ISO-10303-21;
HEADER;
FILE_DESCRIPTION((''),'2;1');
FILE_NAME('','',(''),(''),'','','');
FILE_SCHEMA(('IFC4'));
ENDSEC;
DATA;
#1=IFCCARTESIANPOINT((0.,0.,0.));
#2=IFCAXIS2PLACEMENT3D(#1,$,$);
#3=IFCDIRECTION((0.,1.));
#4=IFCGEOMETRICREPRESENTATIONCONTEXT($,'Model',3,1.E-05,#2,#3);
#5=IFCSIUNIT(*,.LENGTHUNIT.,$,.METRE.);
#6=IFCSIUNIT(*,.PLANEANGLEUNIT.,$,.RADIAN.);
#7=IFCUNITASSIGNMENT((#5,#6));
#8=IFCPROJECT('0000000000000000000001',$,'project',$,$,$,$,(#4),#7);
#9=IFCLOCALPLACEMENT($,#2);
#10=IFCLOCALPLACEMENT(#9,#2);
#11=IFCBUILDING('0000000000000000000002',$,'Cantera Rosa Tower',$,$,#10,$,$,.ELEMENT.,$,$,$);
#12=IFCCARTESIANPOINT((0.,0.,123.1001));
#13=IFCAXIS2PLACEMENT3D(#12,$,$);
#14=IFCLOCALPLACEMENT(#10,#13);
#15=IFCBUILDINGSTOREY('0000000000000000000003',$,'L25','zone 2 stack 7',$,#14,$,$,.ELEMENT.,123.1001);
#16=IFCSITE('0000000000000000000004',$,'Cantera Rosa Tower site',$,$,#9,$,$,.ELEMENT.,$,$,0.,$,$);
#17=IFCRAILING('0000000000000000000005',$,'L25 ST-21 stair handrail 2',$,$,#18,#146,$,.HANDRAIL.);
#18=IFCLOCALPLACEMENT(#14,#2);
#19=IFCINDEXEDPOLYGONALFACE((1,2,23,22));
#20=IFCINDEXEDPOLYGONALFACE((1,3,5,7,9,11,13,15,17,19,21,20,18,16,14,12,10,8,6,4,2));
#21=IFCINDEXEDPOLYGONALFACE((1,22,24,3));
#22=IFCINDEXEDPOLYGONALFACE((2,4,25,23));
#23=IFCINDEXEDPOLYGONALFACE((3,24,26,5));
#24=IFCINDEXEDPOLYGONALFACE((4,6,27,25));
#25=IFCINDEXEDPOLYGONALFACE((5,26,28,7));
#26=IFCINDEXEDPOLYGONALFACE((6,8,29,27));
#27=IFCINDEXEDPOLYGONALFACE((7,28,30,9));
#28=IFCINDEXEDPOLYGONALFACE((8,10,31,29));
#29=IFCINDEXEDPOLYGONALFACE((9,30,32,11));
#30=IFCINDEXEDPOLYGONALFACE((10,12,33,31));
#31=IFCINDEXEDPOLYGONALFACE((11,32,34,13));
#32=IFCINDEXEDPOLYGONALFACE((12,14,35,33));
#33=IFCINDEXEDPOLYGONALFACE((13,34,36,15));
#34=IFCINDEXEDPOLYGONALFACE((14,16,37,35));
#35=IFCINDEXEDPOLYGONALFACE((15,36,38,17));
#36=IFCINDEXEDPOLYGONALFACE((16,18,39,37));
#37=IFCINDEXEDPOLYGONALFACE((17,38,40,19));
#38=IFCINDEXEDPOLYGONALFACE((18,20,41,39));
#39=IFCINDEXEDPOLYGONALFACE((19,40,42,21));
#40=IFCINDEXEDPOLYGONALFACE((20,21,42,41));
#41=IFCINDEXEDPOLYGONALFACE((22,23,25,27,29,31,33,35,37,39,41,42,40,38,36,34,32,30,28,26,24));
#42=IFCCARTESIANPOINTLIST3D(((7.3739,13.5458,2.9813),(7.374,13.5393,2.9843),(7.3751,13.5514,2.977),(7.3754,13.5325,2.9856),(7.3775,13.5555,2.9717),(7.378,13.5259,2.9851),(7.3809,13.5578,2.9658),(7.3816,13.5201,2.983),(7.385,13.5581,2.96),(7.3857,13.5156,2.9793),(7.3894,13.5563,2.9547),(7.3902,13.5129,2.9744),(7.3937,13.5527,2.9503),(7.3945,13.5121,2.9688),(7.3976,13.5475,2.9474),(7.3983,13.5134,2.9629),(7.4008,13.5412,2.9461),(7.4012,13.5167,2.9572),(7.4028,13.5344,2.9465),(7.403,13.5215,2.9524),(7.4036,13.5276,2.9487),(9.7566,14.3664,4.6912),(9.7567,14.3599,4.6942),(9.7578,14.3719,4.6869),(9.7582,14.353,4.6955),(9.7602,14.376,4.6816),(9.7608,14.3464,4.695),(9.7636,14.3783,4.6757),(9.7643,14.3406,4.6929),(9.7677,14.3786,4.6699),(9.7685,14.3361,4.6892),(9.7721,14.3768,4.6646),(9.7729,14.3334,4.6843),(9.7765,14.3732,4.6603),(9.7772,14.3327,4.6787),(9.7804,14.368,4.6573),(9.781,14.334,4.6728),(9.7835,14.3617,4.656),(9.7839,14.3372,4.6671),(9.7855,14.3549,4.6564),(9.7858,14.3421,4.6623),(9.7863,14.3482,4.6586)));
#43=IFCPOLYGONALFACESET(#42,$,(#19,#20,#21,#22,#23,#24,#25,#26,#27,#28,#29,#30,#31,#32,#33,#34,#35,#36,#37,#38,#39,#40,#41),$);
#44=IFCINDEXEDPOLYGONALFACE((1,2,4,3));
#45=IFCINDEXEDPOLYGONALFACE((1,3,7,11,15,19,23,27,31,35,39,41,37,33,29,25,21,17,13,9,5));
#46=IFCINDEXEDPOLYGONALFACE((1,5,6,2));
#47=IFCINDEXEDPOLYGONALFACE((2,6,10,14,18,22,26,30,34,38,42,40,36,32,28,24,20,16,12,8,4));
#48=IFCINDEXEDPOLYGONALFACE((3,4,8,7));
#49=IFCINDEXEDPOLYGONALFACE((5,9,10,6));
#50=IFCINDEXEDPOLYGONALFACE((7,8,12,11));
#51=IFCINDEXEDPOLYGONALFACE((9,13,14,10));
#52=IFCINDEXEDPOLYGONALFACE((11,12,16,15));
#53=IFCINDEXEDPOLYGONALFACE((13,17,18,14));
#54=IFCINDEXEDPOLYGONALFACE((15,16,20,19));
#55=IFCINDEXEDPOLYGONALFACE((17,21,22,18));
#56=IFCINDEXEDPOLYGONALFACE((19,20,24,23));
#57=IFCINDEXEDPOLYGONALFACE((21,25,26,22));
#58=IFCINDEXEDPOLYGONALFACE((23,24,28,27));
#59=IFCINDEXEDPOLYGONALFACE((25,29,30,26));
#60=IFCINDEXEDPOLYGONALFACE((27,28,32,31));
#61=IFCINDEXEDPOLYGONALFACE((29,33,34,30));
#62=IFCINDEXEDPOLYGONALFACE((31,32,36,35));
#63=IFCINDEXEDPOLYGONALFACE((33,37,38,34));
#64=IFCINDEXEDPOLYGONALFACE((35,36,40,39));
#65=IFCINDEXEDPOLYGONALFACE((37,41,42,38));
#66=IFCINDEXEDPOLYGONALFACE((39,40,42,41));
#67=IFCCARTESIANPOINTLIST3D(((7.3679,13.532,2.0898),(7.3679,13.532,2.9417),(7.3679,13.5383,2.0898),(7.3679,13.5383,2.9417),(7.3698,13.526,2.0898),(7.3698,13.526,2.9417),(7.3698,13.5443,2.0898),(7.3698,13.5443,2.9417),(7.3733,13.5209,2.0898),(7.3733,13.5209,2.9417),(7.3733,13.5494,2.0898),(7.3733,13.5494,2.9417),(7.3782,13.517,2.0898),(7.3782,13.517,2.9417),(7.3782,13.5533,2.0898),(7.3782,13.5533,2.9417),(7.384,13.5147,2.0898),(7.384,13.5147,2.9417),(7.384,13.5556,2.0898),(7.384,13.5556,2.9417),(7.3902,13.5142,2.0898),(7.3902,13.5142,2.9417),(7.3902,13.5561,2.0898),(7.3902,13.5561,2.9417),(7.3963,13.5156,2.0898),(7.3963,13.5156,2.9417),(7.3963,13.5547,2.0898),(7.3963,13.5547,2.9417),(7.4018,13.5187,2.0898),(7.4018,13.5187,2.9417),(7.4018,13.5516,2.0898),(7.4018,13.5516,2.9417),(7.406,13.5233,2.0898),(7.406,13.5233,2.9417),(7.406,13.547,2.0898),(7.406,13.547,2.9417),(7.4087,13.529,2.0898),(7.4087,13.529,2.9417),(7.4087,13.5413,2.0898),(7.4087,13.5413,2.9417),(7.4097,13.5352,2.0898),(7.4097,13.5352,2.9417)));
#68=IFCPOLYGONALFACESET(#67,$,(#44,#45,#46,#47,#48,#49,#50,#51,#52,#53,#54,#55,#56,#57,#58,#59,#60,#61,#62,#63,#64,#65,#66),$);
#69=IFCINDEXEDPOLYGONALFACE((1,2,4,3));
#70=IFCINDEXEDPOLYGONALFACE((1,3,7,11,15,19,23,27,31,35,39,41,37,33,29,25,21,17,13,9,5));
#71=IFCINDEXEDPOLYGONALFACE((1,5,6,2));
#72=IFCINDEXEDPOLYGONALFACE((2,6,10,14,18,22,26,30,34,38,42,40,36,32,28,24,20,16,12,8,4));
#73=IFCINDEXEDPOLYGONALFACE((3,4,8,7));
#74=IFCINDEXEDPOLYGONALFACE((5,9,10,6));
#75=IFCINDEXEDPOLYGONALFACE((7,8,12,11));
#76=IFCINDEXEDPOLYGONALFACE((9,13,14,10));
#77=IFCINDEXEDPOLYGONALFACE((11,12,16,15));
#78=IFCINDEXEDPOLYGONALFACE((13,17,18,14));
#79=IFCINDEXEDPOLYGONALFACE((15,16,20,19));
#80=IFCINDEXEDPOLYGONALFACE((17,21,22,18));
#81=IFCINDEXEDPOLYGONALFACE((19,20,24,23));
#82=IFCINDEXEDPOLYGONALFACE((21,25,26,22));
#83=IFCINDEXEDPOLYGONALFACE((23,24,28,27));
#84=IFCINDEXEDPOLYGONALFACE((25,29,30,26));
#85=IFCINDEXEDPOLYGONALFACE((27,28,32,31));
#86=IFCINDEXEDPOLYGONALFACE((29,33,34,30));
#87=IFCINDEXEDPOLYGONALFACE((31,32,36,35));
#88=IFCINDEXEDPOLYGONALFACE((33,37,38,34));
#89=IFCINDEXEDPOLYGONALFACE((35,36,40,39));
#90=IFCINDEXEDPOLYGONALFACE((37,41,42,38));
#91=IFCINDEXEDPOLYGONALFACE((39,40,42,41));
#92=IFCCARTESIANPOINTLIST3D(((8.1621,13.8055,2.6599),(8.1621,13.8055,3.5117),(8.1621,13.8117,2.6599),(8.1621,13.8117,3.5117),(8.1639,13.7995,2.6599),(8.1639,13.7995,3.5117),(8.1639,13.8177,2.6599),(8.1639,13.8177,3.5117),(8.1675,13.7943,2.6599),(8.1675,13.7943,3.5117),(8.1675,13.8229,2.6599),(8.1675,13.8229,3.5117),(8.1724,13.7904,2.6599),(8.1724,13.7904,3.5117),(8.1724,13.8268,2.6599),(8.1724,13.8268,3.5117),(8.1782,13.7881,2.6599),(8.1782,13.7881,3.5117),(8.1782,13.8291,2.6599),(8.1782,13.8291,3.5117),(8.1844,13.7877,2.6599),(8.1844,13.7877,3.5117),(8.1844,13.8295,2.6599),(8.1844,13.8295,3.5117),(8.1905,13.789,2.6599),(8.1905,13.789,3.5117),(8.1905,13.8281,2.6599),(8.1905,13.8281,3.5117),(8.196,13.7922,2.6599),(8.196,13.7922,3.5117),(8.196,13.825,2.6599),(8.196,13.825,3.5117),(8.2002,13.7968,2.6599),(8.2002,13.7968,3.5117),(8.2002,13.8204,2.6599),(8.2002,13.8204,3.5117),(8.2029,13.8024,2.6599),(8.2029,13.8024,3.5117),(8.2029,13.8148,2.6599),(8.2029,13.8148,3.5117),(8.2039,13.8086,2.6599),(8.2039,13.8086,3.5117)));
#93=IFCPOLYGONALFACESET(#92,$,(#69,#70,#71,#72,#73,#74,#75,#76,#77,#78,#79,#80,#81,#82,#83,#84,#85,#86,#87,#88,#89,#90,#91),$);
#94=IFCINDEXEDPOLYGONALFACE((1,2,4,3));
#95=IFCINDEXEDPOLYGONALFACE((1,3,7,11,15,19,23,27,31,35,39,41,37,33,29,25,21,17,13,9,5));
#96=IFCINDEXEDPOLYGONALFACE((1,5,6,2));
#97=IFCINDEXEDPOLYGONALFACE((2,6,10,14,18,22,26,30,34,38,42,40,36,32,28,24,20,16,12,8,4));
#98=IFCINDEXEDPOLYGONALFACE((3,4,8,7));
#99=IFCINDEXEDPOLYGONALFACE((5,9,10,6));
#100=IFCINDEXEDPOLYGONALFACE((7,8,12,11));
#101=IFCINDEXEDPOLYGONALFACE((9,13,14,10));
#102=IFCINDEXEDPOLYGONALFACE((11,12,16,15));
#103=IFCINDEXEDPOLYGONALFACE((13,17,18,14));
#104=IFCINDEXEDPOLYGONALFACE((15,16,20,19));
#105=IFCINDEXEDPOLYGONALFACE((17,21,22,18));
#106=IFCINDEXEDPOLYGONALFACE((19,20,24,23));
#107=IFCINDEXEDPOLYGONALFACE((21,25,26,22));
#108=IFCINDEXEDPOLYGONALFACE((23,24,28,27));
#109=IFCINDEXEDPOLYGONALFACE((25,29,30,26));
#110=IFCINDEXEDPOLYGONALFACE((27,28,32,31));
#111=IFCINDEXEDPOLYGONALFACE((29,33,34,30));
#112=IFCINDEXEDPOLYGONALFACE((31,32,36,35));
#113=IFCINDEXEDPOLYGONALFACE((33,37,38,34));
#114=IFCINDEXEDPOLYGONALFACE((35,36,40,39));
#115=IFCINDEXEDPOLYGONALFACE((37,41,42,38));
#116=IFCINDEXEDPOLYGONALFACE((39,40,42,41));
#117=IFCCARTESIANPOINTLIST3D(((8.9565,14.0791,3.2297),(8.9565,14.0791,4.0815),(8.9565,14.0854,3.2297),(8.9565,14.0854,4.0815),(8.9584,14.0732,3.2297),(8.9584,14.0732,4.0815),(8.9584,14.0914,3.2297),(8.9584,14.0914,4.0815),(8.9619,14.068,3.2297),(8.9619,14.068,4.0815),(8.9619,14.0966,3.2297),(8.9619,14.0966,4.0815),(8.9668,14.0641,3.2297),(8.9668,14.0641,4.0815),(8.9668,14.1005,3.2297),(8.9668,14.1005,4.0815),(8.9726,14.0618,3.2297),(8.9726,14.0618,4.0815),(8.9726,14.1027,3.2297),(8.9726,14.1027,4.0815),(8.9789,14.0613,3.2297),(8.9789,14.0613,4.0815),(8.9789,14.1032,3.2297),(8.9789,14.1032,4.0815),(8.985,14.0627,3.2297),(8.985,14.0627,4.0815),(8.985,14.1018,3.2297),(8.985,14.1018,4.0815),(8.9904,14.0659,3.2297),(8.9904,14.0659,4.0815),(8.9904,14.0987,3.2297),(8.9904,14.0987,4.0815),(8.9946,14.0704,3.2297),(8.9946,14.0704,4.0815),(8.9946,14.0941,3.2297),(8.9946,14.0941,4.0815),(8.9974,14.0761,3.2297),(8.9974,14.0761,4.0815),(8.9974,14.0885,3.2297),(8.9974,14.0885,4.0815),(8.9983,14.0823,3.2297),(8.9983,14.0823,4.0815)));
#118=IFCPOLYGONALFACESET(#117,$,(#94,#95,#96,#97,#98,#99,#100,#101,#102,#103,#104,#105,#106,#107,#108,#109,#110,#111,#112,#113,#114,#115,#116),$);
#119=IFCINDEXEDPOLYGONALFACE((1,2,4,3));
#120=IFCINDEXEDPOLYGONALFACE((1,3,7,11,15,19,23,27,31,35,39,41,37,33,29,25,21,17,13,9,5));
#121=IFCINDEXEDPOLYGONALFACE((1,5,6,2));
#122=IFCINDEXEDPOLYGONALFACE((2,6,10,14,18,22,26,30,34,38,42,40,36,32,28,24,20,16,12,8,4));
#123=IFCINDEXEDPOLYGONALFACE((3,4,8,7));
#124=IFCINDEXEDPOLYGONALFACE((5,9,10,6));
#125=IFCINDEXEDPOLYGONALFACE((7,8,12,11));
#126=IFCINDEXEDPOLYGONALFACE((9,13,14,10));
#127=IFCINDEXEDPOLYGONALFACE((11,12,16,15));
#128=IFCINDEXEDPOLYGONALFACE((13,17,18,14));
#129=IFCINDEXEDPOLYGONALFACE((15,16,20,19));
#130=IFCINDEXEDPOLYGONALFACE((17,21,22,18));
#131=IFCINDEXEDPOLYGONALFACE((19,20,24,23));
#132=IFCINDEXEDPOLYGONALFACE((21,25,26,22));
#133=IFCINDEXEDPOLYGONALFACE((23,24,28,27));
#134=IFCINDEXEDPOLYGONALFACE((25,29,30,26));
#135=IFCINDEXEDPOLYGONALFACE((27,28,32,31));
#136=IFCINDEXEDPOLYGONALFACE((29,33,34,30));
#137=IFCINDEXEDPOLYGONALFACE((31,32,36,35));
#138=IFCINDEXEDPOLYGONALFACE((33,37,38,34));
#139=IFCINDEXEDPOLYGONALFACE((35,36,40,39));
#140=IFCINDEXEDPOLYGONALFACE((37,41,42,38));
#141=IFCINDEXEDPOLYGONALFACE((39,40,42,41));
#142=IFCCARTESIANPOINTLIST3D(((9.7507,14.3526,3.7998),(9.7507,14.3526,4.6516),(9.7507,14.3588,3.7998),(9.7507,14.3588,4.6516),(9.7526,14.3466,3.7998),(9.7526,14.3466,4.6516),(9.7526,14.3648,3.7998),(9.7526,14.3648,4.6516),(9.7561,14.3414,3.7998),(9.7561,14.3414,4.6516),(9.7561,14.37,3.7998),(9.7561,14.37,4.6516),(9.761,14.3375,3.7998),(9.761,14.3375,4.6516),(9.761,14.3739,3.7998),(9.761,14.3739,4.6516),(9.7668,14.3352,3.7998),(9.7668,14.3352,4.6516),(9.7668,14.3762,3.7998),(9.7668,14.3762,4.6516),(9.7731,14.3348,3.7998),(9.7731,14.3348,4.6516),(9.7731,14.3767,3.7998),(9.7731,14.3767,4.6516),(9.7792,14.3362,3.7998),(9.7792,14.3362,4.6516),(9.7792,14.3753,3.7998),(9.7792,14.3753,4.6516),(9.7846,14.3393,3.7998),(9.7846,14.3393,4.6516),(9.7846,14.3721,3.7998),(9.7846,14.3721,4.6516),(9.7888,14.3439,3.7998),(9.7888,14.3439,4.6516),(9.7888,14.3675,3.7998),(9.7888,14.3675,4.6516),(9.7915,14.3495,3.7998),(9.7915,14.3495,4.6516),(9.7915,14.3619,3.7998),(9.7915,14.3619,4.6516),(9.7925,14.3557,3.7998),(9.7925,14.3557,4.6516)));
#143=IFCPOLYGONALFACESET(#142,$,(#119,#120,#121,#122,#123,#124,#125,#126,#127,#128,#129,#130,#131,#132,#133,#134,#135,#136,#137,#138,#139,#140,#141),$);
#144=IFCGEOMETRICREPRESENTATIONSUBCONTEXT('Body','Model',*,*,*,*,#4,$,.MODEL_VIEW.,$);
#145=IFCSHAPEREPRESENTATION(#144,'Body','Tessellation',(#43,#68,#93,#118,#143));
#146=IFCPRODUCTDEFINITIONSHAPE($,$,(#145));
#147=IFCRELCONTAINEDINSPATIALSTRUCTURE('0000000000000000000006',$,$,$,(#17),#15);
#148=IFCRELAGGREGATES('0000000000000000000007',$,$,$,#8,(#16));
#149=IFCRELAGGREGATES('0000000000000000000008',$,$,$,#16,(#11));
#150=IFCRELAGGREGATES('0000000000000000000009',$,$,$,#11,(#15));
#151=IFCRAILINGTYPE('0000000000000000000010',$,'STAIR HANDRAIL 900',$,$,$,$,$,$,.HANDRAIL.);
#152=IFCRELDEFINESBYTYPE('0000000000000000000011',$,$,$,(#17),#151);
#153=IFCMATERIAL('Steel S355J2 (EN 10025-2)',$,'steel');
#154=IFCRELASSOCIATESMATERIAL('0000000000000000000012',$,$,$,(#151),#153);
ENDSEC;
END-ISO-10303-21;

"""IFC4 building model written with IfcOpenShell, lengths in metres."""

from ifc_helpers import new_model, si_unit, direction, frame, origin, origin_2d, place, context, subcontext, project, spatial, circle, extrude, material, type_object, element, save


model = new_model("IFC4")

# Units and contexts
model_context = context("Model", 3, precision=1e-05, world=origin(), true_north=direction((0.0, 1.0)))
body_context = subcontext(model_context, "Body", "Model", "MODEL_VIEW")
ifc_project = project(units=[si_unit("LENGTHUNIT", "METRE"), si_unit("PLANEANGLEUNIT", "RADIAN")], contexts=[model_context])

# Site, building, storey
site_placement = place(None, origin())
site = spatial("IfcSite", under=ifc_project, at=site_placement, Name="Cantera Rosa Tower site", CompositionType="ELEMENT", RefElevation=0.0)
building_placement = place(site_placement, origin())
building = spatial("IfcBuilding", under=site, at=building_placement, Name="Cantera Rosa Tower", CompositionType="ELEMENT")
storey_placement = place(building_placement, frame((0.0, 0.0, 123.1001)))
storey = spatial("IfcBuildingStorey", under=building, at=storey_placement, Name="L25", Description="zone 2 stack 7", CompositionType="ELEMENT", Elevation=123.1001)

# Railing
ifc_material_1 = material(Name="Steel S355J2 (EN 10025-2)", Category="steel")
railing_type_1 = type_object("IfcRailingType", Name="STAIR HANDRAIL 900", PredefinedType="HANDRAIL", material=ifc_material_1)
railing_1_placement = place(storey_placement, frame((7.3887, 13.5352, 2.0898)))
element("IfcRailing", 1, at=railing_1_placement, inside=storey, type_object=railing_type_1, Name="L25 ST-21 stair handrail 2", PredefinedType="HANDRAIL", context=body_context, shape_type="SweptSolid", body=[
    extrude(circle(Radius=0.0239, at=origin_2d()), frame((0.0, 0.0, 0.876), z_axis=(0.782404, 0.269432, 0.561471), x_axis=(-0.3256, 0.945508, 0.0)), (0.0, 0.0, 1.0), 3.0454),
    extrude(circle(Radius=0.021, at=origin_2d()), origin(), (0.0, 0.0, 1.0), 0.8518),
    extrude(circle(Radius=0.021, at=origin_2d()), frame((0.7942, 0.2734, 0.5701)), (0.0, 0.0, 1.0), 0.8518),
    extrude(circle(Radius=0.021, at=origin_2d()), frame((1.5886, 0.5471, 1.1399)), (0.0, 0.0, 1.0), 0.8518),
    extrude(circle(Radius=0.021, at=origin_2d()), frame((2.3828, 0.8206, 1.71)), (0.0, 0.0, 1.0), 0.8518),
])

save(model, "model.ifc")
